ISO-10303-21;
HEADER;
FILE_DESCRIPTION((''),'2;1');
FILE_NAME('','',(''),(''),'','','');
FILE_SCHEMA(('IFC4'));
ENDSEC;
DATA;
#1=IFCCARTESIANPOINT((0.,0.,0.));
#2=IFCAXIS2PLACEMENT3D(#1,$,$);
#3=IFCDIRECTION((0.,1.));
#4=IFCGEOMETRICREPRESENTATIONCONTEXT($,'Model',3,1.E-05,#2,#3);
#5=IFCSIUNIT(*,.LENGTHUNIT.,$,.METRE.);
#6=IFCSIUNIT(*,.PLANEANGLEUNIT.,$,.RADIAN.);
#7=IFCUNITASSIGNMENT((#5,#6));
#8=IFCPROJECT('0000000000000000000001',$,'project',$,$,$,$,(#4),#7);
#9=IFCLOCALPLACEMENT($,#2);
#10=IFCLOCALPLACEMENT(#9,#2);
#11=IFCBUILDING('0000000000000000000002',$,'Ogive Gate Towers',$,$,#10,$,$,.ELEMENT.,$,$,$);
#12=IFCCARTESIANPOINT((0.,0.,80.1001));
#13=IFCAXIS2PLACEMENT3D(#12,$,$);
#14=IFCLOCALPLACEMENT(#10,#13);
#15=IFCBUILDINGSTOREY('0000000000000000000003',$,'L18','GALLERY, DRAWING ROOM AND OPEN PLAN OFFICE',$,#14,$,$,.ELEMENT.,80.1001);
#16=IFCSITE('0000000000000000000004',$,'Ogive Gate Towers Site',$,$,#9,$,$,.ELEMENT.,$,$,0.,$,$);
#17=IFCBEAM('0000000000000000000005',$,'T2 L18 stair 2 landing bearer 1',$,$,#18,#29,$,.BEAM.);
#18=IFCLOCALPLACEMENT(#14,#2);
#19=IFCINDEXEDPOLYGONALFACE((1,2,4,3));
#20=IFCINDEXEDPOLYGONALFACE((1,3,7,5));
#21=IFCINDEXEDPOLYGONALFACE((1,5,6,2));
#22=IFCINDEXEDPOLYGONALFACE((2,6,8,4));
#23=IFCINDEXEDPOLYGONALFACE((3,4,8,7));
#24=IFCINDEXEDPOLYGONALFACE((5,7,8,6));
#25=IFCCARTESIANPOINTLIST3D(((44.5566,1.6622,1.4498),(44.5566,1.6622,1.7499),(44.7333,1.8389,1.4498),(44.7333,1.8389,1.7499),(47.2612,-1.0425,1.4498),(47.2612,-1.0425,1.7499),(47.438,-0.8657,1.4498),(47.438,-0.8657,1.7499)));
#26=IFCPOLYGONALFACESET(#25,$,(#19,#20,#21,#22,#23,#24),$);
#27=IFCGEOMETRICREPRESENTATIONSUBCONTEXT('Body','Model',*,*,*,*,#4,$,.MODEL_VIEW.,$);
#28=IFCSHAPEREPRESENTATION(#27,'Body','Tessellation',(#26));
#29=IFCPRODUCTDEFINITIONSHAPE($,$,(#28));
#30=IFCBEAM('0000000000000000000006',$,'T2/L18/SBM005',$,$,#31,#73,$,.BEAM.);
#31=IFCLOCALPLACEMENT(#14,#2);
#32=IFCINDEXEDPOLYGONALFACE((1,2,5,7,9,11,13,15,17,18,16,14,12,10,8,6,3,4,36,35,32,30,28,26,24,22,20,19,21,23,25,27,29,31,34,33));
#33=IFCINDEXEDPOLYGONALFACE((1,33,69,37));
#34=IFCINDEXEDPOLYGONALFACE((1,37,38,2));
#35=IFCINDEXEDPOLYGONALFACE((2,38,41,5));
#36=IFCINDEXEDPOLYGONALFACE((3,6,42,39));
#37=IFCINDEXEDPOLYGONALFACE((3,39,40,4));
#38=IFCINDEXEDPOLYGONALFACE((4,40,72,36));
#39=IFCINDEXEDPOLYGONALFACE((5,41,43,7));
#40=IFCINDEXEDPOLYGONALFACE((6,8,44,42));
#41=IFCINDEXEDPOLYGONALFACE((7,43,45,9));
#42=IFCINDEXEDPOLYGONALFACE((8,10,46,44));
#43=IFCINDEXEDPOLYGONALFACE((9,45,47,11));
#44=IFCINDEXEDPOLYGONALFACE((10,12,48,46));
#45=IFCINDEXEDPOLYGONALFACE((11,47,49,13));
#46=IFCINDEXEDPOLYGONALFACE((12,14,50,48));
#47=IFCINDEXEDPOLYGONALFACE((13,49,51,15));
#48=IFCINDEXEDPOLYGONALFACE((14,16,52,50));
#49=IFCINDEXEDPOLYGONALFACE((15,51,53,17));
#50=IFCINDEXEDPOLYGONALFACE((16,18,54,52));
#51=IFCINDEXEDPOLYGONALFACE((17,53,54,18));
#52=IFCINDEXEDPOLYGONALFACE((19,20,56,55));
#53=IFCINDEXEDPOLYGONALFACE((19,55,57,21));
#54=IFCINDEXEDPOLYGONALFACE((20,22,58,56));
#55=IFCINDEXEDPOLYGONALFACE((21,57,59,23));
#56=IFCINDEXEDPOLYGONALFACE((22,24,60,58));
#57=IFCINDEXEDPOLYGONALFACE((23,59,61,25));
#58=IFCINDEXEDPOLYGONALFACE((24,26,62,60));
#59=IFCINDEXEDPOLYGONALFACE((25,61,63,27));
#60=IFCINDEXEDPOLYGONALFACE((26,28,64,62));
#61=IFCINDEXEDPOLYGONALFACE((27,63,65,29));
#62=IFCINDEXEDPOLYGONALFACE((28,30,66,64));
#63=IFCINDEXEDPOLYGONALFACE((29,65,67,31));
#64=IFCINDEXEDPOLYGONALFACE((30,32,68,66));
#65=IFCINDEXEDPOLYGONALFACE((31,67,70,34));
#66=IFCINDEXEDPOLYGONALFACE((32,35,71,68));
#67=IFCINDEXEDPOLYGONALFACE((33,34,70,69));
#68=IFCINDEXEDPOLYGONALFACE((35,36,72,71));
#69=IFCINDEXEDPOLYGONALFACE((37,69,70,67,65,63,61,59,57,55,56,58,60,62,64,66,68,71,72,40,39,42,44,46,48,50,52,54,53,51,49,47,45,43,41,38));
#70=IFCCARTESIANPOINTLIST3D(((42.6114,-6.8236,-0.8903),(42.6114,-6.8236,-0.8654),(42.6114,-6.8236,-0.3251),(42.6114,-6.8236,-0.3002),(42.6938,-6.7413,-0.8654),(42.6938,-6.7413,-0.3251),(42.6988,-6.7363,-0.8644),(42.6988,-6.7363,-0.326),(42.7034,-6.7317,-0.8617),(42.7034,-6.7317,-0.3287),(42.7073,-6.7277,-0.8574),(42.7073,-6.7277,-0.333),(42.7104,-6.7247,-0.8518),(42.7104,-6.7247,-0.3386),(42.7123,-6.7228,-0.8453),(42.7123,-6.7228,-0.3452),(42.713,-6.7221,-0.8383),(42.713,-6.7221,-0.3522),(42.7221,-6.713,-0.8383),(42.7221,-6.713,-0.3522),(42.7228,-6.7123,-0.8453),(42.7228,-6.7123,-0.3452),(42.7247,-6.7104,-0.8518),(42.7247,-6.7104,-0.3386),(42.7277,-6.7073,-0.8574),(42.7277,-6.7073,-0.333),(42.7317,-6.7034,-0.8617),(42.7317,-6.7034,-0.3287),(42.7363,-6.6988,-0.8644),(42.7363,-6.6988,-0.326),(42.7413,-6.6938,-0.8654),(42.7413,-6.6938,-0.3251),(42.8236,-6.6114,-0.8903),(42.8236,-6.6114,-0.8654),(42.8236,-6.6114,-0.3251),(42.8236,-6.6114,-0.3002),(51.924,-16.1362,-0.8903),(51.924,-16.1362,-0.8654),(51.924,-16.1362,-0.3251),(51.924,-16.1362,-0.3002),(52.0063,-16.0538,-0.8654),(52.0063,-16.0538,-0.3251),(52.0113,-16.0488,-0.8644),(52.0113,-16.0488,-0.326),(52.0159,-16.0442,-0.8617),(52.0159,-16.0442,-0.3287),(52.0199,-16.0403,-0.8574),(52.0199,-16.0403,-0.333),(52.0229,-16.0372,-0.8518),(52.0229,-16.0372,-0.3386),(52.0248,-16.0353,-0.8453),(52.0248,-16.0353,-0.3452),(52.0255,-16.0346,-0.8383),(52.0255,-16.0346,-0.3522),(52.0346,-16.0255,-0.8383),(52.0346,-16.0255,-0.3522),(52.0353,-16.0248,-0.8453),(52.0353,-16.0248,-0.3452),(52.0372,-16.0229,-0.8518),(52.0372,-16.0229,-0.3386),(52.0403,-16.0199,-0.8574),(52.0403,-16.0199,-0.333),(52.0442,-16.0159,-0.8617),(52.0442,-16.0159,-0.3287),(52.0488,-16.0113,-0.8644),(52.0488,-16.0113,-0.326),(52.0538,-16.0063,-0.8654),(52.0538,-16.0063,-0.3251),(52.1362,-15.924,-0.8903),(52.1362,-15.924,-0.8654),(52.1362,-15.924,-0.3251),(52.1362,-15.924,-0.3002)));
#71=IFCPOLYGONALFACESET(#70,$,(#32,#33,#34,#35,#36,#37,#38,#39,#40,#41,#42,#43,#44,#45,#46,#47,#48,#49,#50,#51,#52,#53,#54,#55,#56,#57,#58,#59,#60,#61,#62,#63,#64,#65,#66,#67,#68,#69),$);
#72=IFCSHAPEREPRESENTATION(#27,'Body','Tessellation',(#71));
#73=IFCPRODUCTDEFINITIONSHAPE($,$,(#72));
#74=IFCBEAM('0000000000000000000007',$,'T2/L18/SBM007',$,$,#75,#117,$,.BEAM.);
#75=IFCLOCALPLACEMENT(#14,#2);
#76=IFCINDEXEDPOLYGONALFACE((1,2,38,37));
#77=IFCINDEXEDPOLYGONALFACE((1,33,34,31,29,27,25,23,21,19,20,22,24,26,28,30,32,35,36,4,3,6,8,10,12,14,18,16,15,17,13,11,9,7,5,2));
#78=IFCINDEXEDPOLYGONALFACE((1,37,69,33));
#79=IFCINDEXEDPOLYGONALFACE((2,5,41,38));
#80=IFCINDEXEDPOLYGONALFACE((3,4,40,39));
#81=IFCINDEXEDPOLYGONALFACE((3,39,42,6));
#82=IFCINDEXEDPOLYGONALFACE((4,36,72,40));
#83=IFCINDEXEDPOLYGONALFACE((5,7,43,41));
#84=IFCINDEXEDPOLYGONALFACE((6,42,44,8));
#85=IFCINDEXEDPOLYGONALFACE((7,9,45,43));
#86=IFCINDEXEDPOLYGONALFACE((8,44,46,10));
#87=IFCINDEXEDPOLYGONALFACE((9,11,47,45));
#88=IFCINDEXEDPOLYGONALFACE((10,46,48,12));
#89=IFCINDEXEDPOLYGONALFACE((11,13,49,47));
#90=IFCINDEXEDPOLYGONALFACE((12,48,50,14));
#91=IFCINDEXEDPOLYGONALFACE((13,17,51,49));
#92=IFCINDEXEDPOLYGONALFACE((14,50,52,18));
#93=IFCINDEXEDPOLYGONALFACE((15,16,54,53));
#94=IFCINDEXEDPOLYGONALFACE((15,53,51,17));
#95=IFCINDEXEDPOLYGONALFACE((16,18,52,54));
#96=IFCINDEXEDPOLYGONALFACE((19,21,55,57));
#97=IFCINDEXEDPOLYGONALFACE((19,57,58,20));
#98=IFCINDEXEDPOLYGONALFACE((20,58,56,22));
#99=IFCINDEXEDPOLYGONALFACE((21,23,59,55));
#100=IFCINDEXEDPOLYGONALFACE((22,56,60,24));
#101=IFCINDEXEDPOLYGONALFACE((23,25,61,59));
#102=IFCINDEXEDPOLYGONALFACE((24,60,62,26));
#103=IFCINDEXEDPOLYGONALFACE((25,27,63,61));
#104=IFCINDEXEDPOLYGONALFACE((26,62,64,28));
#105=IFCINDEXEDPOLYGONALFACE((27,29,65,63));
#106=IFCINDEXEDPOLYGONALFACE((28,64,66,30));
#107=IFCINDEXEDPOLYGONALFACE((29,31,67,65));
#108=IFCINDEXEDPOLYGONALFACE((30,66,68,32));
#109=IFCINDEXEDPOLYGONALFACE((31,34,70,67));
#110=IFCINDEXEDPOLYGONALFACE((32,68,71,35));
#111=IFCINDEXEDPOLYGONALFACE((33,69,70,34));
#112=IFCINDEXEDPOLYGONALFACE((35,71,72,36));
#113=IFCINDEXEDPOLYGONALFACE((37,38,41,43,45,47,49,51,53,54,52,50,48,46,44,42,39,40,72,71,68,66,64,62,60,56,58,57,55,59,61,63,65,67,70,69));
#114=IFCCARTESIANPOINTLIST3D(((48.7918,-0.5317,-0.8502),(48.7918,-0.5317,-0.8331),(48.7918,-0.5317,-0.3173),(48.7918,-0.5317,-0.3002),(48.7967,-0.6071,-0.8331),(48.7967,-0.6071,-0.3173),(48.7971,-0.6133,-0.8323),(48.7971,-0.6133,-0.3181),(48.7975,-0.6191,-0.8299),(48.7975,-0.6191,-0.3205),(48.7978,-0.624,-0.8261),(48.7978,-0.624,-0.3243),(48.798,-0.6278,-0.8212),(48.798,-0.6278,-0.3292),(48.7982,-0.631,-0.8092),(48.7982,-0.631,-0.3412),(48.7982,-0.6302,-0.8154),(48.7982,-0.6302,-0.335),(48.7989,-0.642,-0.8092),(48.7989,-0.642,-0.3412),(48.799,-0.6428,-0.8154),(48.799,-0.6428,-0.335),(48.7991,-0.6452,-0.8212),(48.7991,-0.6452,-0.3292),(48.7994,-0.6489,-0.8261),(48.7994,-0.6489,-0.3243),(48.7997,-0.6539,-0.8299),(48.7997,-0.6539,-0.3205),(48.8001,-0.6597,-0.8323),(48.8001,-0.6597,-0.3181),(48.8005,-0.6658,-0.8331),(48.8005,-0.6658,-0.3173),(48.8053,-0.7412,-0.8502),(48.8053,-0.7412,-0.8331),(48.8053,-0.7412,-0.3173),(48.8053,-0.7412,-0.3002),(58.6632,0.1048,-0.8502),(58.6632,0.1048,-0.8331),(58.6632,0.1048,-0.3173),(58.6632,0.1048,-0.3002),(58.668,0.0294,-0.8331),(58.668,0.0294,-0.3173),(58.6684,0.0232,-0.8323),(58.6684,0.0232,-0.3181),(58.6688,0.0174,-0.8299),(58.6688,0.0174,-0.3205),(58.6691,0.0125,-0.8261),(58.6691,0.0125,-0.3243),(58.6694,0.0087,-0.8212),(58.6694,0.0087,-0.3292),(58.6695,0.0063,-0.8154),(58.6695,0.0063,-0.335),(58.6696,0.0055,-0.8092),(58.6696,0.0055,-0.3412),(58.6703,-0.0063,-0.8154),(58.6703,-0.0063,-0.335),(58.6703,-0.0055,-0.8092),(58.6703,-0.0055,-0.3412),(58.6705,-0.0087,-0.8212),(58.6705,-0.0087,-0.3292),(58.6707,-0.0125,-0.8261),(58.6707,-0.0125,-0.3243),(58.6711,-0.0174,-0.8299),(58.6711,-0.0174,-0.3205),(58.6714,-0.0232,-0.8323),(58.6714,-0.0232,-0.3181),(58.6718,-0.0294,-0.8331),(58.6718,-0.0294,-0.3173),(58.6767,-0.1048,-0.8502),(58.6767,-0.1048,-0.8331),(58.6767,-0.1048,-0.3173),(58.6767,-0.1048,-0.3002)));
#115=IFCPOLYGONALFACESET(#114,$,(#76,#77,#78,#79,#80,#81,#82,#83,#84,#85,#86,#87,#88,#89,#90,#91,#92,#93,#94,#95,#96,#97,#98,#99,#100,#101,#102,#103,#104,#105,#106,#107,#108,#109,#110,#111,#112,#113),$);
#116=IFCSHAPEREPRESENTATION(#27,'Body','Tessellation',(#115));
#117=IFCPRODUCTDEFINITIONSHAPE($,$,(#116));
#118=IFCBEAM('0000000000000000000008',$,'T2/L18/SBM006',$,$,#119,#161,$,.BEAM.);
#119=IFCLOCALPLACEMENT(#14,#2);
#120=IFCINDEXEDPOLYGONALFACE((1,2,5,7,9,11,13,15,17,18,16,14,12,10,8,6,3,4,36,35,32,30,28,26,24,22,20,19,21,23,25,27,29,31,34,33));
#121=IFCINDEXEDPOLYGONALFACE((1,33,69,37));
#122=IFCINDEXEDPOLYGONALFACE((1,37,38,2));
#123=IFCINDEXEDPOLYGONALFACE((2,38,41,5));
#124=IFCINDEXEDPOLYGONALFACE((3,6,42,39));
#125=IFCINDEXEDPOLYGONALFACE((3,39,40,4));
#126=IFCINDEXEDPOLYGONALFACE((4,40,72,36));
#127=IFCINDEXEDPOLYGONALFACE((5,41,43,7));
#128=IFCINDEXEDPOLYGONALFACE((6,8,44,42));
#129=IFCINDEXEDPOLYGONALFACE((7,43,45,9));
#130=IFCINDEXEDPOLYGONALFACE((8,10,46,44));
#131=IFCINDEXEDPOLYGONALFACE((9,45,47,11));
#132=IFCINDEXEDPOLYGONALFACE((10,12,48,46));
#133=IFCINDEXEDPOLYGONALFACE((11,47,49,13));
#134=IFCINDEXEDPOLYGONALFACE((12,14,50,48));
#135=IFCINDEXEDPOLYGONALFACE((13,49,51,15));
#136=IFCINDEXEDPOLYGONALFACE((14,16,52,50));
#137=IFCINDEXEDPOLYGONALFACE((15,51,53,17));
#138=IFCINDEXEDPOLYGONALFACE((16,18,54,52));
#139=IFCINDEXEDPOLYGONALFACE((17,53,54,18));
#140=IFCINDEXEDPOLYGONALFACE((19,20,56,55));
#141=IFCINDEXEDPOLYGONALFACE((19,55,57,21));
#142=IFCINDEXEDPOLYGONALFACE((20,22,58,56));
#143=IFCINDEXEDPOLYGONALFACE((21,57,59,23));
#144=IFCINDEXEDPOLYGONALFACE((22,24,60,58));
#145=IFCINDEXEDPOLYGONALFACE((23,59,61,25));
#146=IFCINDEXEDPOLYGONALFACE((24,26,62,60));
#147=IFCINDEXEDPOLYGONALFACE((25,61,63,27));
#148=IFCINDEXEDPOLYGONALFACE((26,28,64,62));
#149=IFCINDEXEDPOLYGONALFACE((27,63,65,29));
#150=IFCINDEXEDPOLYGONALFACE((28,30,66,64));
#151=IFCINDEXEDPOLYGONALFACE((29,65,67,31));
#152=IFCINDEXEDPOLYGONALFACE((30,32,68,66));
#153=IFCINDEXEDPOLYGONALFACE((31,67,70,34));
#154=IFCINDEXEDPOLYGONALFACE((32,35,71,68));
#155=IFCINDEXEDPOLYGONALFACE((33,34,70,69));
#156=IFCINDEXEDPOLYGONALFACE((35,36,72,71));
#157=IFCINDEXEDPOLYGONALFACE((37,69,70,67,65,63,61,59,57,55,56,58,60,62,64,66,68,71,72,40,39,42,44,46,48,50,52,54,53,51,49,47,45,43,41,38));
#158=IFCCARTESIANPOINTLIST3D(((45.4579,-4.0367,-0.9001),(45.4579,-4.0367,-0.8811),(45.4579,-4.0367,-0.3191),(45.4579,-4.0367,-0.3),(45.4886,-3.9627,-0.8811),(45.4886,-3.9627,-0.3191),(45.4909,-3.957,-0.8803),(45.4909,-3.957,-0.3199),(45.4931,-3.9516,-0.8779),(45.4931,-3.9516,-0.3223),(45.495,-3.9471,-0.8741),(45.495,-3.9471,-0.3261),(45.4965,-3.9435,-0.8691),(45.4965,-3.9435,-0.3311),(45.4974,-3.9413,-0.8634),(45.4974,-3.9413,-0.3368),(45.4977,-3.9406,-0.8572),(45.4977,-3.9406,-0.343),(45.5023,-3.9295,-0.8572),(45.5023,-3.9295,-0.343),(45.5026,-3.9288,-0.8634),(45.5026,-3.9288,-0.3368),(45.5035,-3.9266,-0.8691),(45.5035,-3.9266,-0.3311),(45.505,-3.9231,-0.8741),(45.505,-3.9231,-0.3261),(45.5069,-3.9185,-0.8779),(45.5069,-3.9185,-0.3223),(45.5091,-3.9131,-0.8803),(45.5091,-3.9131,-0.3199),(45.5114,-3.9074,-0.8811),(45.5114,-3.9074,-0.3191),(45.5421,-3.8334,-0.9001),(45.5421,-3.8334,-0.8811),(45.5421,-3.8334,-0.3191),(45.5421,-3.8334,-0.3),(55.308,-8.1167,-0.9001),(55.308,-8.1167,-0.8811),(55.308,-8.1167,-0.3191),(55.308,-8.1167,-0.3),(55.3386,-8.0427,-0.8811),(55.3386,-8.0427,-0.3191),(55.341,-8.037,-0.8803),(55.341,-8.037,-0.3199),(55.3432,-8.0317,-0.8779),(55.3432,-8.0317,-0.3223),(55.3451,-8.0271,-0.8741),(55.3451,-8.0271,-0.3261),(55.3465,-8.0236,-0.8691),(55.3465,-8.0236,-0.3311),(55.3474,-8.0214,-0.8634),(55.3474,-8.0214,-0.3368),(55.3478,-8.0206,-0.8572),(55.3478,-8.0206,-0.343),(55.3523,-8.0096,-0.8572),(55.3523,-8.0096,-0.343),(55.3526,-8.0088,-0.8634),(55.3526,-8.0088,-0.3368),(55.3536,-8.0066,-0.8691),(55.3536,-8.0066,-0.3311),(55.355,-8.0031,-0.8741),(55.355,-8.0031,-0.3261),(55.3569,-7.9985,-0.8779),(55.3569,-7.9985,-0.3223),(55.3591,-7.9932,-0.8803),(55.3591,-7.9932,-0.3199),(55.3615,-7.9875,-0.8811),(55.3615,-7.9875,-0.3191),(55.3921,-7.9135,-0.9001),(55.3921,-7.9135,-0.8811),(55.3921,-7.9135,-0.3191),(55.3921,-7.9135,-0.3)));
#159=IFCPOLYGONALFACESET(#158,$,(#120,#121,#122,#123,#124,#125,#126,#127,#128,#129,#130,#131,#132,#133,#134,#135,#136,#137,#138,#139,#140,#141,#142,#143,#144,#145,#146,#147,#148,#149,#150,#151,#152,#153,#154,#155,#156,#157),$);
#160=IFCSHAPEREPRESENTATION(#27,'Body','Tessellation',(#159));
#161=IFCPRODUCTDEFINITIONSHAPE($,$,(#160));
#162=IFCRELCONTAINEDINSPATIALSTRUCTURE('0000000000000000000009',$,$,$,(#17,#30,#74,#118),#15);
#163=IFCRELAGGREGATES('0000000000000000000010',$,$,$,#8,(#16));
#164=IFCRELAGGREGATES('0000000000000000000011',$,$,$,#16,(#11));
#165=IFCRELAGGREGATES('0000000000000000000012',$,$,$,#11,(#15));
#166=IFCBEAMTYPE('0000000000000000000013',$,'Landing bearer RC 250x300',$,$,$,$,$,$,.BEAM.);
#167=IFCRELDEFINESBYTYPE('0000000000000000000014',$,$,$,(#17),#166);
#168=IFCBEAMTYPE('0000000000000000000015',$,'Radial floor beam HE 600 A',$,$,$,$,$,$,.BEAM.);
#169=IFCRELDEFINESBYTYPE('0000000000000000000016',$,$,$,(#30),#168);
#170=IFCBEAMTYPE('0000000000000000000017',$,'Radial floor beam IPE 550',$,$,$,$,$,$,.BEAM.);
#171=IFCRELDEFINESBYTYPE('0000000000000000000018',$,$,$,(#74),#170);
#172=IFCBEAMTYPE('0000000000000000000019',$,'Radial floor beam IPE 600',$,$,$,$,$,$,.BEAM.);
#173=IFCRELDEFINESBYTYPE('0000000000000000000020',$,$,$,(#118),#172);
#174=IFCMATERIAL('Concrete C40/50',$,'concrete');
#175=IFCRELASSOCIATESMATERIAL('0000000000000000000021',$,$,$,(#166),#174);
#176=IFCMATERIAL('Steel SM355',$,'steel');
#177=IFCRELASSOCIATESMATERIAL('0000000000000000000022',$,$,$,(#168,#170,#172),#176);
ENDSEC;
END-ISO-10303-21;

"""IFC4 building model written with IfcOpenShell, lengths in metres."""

from ifc_helpers import new_model, si_unit, direction, frame, origin, origin_2d, place, context, subcontext, project, spatial, rectangle, i_section, extrude, material, material_profile, profile_set, type_object, element, save


model = new_model("IFC4")

# Units and contexts
model_context = context("Model", 3, precision=1e-05, world=origin(), true_north=direction((0.0, 1.0)))
body_context = subcontext(model_context, "Body", "Model", "MODEL_VIEW")
ifc_project = project(units=[si_unit("LENGTHUNIT", "METRE"), si_unit("PLANEANGLEUNIT", "RADIAN")], contexts=[model_context])

# Site, building, storey
site_placement = place(None, origin())
site = spatial("IfcSite", under=ifc_project, at=site_placement, Name="Ogive Gate Towers Site", CompositionType="ELEMENT", RefElevation=0.0)
building_placement = place(site_placement, origin())
building = spatial("IfcBuilding", under=site, at=building_placement, Name="Ogive Gate Towers", CompositionType="ELEMENT")
storey_placement = place(building_placement, frame((0.0, 0.0, 80.1001)))
storey = spatial("IfcBuildingStorey", under=building, at=storey_placement, Name="L18", Description="GALLERY, DRAWING ROOM AND OPEN PLAN OFFICE", CompositionType="ELEMENT", Elevation=80.1001)

# Beams
ifc_material_1 = material(Name="Concrete C40/50", Category="concrete")
ifc_material_profile_1 = material_profile(ifc_material_1, rectangle(XDim=0.25, YDim=0.3, at=origin_2d()), Name="RC 250x300")
ifc_profile_set_1 = profile_set([ifc_material_profile_1], Name="Concrete C40/50")
beam_type_1 = type_object("IfcBeamType", Name="Landing bearer RC 250x300", PredefinedType="BEAM", material=ifc_profile_set_1)
beam_1_placement = place(storey_placement, frame((47.3496, -0.9541, 1.5999), z_axis=(-0.707107, 0.707107, 0.0), x_axis=(-0.707107, -0.707107, 0.0)))
element("IfcBeam", 1, at=beam_1_placement, inside=storey, type_object=beam_type_1, Name="T2 L18 stair 2 landing bearer 1", PredefinedType="BEAM", context=body_context, shape_type="SweptSolid", body=[
    extrude(rectangle(XDim=0.25, YDim=0.3, at=origin_2d()), origin(), (0.0, 0.0, 1.0), 3.825),
])
ifc_material_2 = material(Name="Steel SM355", Category="steel")
ifc_material_profile_2 = material_profile(ifc_material_2, i_section(OverallWidth=0.3, OverallDepth=0.5901, WebThickness=0.0129, FlangeThickness=0.0249, FilletRadius=0.0271, at=origin_2d()), Name="HE 600 A")
ifc_profile_set_2 = profile_set([ifc_material_profile_2], Name="Steel SM355")
beam_type_2 = type_object("IfcBeamType", Name="Radial floor beam HE 600 A", PredefinedType="BEAM", material=ifc_profile_set_2)
beam_2_placement = place(storey_placement, frame((42.7175, -6.7175, -0.5952), z_axis=(0.707107, -0.707107, 0.0), x_axis=(0.707107, 0.707107, 0.0)))
element("IfcBeam", 2, at=beam_2_placement, inside=storey, type_object=beam_type_2, Name="T2/L18/SBM005", PredefinedType="BEAM", context=body_context, shape_type="SweptSolid", body=[
    extrude(i_section(OverallWidth=0.3, OverallDepth=0.5901, WebThickness=0.0129, FlangeThickness=0.0249, FilletRadius=0.0271, at=origin_2d()), origin(), (0.0, 0.0, 1.0), 13.1699),
])
ifc_material_profile_3 = material_profile(ifc_material_2, i_section(OverallWidth=0.21, OverallDepth=0.55, WebThickness=0.011, FlangeThickness=0.0171, FilletRadius=0.0239, at=origin_2d()), Name="IPE 550")
ifc_profile_set_3 = profile_set([ifc_material_profile_3], Name="Steel SM355")
beam_type_3 = type_object("IfcBeamType", Name="Radial floor beam IPE 550", PredefinedType="BEAM", material=ifc_profile_set_3)
beam_3_placement = place(storey_placement, frame((48.7986, -0.6365, -0.5752), z_axis=(0.997928, 0.064343, 0.0), x_axis=(-0.064343, 0.997928, 0.0)))
element("IfcBeam", 3, at=beam_3_placement, inside=storey, type_object=beam_type_3, Name="T2/L18/SBM007", PredefinedType="BEAM", context=body_context, shape_type="SweptSolid", body=[
    extrude(i_section(OverallWidth=0.21, OverallDepth=0.55, WebThickness=0.011, FlangeThickness=0.0171, FilletRadius=0.0239, at=origin_2d()), origin(), (0.0, 0.0, 1.0), 9.8918),
])
ifc_material_profile_4 = material_profile(ifc_material_2, i_section(OverallWidth=0.22, OverallDepth=0.6001, WebThickness=0.012, FlangeThickness=0.019, FilletRadius=0.0239, at=origin_2d()), Name="IPE 600")
ifc_profile_set_4 = profile_set([ifc_material_profile_4], Name="Steel SM355")
beam_type_4 = type_object("IfcBeamType", Name="Radial floor beam IPE 600", PredefinedType="BEAM", material=ifc_profile_set_4)
beam_4_placement = place(storey_placement, frame((45.5, -3.9351, -0.6001), z_axis=(0.923878, -0.382686, 0.0), x_axis=(0.382686, 0.923878, 0.0)))
element("IfcBeam", 4, at=beam_4_placement, inside=storey, type_object=beam_type_4, Name="T2/L18/SBM006", PredefinedType="BEAM", context=body_context, shape_type="SweptSolid", body=[
    extrude(i_section(OverallWidth=0.22, OverallDepth=0.6001, WebThickness=0.012, FlangeThickness=0.019, FilletRadius=0.0239, at=origin_2d()), origin(), (0.0, 0.0, 1.0), 10.6616),
])

save(model, "model.ifc")
